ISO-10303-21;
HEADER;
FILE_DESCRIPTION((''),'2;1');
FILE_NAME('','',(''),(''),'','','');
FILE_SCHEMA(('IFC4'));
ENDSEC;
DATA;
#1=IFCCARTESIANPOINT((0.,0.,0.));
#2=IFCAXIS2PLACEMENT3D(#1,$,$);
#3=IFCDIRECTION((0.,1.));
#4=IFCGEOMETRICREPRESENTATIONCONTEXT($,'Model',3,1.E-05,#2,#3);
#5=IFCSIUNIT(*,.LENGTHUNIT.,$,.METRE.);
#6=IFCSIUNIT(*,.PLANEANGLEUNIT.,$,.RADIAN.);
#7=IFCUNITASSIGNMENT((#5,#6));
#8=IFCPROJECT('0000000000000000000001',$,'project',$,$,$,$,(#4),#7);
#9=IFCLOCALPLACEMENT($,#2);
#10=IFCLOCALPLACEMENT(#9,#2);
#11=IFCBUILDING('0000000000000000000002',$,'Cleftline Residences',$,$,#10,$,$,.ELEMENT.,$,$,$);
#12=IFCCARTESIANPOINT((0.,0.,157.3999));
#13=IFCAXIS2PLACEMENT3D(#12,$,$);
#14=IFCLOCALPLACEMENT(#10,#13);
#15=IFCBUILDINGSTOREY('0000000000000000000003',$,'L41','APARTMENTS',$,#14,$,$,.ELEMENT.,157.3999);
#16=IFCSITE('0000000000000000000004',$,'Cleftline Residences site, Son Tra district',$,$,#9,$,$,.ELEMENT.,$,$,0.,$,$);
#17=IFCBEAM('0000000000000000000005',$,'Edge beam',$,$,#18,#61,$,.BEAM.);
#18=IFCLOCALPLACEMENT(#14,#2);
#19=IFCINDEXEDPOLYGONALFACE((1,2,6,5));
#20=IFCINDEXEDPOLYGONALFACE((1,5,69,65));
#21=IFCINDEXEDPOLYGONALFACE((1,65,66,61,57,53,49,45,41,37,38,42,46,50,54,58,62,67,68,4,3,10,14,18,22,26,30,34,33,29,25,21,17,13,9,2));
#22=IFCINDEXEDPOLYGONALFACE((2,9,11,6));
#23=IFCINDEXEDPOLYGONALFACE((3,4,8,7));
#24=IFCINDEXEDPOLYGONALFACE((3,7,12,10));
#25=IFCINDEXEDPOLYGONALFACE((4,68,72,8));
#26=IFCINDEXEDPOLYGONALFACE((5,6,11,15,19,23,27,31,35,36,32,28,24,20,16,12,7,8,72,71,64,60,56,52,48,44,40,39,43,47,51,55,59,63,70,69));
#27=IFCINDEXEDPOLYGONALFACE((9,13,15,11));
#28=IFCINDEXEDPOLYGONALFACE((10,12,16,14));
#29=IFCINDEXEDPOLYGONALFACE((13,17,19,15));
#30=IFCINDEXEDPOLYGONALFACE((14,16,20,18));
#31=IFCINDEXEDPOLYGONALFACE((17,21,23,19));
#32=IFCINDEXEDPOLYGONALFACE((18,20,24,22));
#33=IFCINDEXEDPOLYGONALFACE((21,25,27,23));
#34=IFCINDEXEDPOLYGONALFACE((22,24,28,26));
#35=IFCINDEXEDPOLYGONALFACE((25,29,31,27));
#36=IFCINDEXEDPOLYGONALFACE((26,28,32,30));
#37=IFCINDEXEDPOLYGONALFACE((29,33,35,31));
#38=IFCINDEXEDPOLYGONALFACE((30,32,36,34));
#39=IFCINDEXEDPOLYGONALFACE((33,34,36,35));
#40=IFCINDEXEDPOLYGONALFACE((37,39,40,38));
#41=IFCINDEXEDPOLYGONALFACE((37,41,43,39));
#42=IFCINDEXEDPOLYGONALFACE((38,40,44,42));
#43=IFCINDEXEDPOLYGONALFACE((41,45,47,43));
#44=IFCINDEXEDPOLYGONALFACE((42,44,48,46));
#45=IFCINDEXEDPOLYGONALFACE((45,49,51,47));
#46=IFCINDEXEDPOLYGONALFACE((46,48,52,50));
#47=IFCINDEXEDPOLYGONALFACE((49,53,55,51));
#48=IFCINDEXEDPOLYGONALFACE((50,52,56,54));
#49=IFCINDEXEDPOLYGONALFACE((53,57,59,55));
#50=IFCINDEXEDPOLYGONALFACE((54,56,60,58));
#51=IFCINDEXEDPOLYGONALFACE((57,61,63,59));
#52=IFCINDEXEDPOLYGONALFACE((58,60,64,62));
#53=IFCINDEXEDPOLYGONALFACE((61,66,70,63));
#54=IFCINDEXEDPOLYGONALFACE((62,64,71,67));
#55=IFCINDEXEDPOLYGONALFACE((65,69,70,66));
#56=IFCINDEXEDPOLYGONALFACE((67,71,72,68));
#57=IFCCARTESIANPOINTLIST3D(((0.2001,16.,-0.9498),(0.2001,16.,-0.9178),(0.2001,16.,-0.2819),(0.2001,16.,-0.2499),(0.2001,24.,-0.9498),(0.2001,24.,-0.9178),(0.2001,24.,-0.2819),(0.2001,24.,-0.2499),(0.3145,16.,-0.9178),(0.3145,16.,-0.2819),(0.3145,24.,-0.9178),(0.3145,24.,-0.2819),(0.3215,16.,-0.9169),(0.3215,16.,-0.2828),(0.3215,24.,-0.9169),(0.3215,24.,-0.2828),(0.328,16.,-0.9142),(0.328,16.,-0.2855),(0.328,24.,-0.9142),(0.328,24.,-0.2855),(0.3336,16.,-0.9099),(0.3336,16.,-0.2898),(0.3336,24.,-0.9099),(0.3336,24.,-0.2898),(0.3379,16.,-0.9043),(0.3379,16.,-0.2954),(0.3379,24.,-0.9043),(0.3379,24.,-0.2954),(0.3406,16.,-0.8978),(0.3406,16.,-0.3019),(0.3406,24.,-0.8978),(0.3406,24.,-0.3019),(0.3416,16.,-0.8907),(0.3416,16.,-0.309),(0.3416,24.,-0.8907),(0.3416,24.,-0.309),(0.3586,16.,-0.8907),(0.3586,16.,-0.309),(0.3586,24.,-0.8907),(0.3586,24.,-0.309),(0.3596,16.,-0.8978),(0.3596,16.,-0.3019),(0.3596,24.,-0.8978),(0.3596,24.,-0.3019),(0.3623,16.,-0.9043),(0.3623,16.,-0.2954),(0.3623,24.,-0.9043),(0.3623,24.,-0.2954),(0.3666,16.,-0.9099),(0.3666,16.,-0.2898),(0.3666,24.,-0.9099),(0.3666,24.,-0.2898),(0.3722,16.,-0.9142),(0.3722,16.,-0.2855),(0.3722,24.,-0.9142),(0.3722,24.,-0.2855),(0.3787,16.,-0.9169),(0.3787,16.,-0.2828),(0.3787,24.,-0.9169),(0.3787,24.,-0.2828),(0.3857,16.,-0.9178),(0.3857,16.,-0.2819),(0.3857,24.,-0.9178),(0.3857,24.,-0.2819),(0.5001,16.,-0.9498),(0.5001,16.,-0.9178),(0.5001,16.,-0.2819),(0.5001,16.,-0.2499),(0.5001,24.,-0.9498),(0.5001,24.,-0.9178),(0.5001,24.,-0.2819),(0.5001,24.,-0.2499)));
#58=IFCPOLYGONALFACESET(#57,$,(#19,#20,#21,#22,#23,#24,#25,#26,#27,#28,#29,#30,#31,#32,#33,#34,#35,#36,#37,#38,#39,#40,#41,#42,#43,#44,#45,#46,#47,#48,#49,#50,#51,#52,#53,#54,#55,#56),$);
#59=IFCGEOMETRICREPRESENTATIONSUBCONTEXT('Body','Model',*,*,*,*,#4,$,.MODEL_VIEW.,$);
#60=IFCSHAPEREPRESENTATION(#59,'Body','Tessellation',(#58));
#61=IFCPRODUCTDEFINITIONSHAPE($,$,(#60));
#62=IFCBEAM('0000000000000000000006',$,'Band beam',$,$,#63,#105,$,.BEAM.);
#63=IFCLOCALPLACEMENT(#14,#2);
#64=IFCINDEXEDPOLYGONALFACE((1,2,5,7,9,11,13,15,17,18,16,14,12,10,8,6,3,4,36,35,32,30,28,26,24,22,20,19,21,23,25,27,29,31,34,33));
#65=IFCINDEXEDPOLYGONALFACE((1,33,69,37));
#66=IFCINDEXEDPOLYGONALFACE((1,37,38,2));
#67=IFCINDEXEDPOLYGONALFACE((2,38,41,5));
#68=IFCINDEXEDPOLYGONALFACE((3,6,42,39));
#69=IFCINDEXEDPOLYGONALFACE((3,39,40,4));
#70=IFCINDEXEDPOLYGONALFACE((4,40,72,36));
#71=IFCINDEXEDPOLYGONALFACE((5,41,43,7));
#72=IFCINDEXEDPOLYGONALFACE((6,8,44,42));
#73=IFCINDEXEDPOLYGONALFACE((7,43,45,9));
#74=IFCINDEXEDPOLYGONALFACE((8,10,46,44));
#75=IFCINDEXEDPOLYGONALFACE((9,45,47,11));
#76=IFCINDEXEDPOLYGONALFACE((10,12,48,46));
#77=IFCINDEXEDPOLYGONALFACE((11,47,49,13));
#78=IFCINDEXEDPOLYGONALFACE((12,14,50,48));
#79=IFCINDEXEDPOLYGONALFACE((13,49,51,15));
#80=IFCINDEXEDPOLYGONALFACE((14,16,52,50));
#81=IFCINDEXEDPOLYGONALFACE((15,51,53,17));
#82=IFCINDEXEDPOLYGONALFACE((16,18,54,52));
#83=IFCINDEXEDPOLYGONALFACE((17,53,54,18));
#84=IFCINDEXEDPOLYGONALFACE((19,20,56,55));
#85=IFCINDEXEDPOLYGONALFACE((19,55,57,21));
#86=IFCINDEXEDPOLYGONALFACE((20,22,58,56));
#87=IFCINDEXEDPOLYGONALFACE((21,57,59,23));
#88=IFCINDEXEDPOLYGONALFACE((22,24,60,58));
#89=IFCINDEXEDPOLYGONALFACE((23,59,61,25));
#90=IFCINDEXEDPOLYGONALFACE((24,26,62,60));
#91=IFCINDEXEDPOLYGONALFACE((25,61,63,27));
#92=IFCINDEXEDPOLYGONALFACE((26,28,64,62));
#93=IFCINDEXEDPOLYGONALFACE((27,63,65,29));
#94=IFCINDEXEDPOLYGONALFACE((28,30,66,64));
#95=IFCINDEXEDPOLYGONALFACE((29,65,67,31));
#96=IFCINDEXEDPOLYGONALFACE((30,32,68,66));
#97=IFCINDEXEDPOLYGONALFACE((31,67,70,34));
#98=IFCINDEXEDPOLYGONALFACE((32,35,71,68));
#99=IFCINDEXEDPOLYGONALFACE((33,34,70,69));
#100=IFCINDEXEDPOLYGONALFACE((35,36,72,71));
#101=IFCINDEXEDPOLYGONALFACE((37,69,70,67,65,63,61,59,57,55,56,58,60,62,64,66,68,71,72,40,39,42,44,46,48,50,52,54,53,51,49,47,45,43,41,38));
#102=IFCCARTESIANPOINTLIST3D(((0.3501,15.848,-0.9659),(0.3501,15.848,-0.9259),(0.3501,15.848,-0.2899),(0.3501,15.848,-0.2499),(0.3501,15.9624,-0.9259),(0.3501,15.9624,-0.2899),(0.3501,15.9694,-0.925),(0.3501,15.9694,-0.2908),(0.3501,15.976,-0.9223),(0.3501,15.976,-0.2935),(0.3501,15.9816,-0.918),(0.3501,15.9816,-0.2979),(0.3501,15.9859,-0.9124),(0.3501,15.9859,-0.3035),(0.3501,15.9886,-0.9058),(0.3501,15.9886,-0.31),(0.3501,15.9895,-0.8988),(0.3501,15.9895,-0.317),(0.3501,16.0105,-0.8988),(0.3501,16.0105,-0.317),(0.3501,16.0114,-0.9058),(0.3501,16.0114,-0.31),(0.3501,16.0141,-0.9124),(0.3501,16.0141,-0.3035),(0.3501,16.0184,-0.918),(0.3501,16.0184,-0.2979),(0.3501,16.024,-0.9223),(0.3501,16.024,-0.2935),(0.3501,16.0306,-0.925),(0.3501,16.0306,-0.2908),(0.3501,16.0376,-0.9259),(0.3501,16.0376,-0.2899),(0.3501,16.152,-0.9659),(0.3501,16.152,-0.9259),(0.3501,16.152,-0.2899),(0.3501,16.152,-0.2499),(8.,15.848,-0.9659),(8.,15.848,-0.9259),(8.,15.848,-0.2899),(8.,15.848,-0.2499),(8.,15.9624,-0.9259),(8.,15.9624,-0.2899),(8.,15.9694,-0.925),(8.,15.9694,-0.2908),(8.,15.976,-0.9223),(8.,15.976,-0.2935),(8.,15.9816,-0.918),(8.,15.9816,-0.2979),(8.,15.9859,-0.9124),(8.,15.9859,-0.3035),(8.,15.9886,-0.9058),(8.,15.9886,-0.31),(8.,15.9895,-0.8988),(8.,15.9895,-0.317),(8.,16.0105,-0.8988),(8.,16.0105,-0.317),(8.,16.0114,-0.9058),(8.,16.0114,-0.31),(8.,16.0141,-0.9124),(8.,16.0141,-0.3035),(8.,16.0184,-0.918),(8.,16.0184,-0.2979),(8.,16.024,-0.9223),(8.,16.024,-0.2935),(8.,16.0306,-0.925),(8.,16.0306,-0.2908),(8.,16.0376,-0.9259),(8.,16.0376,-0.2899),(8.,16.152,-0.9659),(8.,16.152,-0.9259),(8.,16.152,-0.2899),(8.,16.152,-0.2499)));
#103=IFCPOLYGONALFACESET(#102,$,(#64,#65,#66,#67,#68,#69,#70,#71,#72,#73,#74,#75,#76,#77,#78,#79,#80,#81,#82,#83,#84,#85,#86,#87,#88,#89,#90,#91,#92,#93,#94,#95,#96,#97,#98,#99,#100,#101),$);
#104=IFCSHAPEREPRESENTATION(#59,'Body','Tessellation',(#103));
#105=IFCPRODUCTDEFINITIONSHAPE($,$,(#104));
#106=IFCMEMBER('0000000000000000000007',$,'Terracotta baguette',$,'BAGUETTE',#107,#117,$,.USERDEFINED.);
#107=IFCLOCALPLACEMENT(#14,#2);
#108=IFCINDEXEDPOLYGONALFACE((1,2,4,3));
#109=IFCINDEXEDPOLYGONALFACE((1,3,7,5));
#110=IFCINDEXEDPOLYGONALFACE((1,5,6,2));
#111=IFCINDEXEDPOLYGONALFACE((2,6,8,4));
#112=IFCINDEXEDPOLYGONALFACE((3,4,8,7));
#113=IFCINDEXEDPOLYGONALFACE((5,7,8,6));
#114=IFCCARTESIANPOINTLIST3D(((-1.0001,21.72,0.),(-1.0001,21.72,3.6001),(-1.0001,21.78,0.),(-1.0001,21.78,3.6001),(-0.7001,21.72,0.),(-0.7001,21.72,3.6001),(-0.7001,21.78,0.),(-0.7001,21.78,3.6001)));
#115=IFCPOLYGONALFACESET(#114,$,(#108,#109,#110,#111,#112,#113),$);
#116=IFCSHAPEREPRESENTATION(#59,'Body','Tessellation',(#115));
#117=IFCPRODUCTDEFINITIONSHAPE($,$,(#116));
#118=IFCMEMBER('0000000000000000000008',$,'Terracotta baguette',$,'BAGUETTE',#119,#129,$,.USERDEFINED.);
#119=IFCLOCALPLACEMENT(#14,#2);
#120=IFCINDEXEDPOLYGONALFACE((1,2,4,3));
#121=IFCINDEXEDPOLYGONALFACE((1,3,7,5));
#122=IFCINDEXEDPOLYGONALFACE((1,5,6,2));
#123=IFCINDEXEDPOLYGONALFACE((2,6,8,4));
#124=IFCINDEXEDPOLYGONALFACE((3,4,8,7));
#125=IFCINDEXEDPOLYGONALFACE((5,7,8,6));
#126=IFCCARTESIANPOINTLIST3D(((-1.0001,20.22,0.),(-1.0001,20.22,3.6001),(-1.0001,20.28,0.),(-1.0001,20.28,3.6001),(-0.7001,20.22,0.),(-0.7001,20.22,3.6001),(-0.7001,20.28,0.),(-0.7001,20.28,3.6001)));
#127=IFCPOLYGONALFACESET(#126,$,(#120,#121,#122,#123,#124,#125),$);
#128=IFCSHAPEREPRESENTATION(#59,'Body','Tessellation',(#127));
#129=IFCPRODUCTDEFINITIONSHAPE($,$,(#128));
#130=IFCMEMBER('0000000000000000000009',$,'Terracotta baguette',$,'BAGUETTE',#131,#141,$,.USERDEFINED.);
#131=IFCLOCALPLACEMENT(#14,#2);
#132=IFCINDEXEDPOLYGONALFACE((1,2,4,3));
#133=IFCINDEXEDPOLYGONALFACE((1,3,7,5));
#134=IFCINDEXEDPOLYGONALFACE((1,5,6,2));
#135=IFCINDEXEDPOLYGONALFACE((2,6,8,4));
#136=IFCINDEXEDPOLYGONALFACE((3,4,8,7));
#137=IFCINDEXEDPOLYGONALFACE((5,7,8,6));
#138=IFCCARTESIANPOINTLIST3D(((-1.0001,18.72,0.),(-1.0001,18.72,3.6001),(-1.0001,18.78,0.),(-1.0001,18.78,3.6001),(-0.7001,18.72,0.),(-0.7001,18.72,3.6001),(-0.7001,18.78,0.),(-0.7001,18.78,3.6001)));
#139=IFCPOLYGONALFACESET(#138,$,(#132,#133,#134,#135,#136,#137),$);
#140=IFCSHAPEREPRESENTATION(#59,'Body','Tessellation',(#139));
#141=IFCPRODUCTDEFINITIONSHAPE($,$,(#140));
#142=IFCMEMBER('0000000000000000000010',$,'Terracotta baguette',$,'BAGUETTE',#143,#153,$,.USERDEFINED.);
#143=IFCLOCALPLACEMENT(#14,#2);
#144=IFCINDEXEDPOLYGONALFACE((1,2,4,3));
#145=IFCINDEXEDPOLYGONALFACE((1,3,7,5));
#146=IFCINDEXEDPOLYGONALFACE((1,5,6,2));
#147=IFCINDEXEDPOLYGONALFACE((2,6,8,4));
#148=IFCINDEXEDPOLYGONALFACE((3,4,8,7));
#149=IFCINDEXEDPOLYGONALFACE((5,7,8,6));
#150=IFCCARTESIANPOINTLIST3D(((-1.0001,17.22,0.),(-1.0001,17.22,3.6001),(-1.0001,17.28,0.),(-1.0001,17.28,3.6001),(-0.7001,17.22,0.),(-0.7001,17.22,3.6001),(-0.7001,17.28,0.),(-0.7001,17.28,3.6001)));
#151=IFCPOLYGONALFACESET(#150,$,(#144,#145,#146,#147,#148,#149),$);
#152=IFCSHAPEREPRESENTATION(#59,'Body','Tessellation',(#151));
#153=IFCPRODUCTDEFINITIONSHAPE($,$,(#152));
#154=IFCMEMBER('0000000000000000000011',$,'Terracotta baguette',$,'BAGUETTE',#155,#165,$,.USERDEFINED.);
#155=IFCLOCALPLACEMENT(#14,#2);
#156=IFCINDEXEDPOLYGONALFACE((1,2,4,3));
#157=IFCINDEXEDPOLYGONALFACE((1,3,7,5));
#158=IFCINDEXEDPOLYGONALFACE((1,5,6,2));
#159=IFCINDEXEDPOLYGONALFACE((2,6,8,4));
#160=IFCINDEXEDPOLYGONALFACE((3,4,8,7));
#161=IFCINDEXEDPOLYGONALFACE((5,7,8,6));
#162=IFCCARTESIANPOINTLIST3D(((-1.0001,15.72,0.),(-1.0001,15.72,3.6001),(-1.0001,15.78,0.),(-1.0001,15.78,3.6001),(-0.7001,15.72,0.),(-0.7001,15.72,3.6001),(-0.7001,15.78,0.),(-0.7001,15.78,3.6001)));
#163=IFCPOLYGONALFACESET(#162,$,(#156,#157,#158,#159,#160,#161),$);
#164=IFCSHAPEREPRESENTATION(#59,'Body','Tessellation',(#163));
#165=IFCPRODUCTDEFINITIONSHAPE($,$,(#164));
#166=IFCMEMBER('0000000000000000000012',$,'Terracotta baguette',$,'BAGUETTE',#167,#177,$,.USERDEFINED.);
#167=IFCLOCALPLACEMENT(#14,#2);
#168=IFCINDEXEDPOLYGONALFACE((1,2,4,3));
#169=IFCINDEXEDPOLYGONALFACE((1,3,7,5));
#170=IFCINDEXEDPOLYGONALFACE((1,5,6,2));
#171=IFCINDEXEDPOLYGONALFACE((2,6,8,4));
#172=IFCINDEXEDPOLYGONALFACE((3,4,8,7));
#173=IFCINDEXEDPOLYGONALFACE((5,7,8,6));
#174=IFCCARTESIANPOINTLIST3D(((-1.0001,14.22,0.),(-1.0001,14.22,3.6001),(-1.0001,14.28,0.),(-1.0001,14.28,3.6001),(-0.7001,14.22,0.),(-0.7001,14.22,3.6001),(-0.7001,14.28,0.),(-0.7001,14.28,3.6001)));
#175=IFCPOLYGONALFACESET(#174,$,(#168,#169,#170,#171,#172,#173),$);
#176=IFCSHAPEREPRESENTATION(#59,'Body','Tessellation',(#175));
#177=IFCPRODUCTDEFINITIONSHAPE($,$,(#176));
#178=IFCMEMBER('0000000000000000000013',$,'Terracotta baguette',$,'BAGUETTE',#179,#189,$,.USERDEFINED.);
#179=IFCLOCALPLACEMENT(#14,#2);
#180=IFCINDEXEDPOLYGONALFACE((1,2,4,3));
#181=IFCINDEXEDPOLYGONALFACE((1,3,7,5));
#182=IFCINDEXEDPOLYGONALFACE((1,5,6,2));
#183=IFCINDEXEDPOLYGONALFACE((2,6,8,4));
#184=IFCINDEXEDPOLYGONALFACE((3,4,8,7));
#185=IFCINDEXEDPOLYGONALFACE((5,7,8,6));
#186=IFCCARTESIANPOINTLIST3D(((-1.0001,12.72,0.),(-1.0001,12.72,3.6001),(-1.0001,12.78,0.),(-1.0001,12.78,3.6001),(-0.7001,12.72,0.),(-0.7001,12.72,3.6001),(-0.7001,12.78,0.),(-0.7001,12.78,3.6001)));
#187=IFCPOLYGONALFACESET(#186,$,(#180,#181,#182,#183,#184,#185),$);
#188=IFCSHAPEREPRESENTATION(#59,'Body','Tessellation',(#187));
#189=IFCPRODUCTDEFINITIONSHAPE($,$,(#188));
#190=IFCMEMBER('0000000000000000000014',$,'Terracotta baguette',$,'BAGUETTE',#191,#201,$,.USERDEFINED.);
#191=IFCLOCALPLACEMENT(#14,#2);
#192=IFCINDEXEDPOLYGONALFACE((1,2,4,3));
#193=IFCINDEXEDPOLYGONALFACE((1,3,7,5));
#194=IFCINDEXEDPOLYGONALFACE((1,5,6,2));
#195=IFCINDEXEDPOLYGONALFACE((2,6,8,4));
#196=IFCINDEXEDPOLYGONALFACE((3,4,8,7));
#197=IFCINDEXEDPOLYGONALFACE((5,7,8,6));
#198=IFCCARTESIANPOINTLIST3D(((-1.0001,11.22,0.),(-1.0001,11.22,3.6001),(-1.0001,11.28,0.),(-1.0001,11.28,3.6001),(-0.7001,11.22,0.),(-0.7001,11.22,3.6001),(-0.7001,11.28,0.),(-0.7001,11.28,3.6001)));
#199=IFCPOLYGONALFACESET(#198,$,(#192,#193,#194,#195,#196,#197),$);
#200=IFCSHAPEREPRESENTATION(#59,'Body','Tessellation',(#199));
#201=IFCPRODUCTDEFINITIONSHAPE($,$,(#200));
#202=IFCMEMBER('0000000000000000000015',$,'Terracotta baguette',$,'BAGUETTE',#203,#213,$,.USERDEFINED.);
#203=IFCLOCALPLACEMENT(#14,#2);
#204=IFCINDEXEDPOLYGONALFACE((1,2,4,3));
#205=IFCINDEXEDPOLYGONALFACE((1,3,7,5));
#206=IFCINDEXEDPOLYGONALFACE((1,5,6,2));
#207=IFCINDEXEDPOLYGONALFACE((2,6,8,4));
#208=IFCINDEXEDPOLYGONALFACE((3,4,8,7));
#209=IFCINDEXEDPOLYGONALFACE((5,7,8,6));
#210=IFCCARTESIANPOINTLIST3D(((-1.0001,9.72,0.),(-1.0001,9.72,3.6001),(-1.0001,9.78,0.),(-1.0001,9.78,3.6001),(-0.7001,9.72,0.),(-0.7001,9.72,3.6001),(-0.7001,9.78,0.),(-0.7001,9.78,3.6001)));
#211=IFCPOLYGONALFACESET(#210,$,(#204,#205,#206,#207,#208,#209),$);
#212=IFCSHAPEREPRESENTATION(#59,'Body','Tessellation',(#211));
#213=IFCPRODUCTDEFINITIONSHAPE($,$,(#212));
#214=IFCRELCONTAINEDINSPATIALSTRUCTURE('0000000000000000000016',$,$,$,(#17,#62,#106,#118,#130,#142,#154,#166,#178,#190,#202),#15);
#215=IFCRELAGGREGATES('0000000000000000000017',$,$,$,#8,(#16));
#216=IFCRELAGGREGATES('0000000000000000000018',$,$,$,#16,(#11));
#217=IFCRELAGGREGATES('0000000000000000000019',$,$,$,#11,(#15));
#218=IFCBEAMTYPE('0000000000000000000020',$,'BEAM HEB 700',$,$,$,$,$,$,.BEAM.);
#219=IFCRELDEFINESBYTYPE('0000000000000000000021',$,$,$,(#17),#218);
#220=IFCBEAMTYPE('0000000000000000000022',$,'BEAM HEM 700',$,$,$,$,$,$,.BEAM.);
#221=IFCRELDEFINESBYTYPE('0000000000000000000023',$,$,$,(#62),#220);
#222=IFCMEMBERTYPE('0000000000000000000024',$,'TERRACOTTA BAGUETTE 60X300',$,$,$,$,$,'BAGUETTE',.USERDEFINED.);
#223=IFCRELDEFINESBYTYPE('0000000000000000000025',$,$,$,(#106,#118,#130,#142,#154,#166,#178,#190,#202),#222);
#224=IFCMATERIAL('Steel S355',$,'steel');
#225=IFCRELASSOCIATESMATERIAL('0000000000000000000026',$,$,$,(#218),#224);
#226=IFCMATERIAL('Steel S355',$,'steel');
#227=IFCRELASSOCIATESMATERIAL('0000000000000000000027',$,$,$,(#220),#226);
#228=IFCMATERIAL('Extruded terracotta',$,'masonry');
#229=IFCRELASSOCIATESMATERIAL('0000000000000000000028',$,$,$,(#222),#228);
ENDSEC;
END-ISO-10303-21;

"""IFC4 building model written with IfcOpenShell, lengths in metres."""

from ifc_helpers import new_model, si_unit, direction, frame, origin, origin_2d, place, context, subcontext, project, spatial, rectangle, i_section, extrude, material, material_profile, profile_set, type_object, element, save


model = new_model("IFC4")

# Units and contexts
model_context = context("Model", 3, precision=1e-05, world=origin(), true_north=direction((0.0, 1.0)))
body_context = subcontext(model_context, "Body", "Model", "MODEL_VIEW")
ifc_project = project(units=[si_unit("LENGTHUNIT", "METRE"), si_unit("PLANEANGLEUNIT", "RADIAN")], contexts=[model_context])

# Site, building, storey
site_placement = place(None, origin())
site = spatial("IfcSite", under=ifc_project, at=site_placement, Name="Cleftline Residences site, Son Tra district", CompositionType="ELEMENT", RefElevation=0.0)
building_placement = place(site_placement, origin())
building = spatial("IfcBuilding", under=site, at=building_placement, Name="Cleftline Residences", CompositionType="ELEMENT")
storey_placement = place(building_placement, frame((0.0, 0.0, 157.3999)))
storey = spatial("IfcBuildingStorey", under=building, at=storey_placement, Name="L41", Description="APARTMENTS", CompositionType="ELEMENT", Elevation=157.3999)

# Beams
ifc_material_1 = material(Name="Steel S355", Category="steel")
ifc_material_profile_1 = material_profile(ifc_material_1, i_section(OverallWidth=0.3, OverallDepth=0.7, WebThickness=0.0171, FlangeThickness=0.032, FilletRadius=0.0271, at=origin_2d()))
ifc_profile_set_1 = profile_set([ifc_material_profile_1], Name="Steel S355")
beam_type_1 = type_object("IfcBeamType", Name="BEAM HEB 700", PredefinedType="BEAM", material=ifc_profile_set_1)
beam_1_placement = place(storey_placement, frame((0.3501, 16.0, -0.5999), z_axis=(0.0, 1.0, 0.0), x_axis=(-1.0, 0.0, 0.0)))
element("IfcBeam", 1, at=beam_1_placement, inside=storey, type_object=beam_type_1, Name="Edge beam", PredefinedType="BEAM", context=body_context, shape_type="SweptSolid", body=[
    extrude(i_section(OverallWidth=0.3, OverallDepth=0.7, WebThickness=0.0171, FlangeThickness=0.032, FilletRadius=0.0271, at=origin_2d()), origin(), (0.0, 0.0, 1.0), 8.0),
])
ifc_material_2 = material(Name="Steel S355", Category="steel")
ifc_material_profile_2 = material_profile(ifc_material_2, i_section(OverallWidth=0.304, OverallDepth=0.7161, WebThickness=0.021, FlangeThickness=0.04, FilletRadius=0.0271, at=origin_2d()))
ifc_profile_set_2 = profile_set([ifc_material_profile_2], Name="Steel S355")
beam_type_2 = type_object("IfcBeamType", Name="BEAM HEM 700", PredefinedType="BEAM", material=ifc_profile_set_2)
beam_2_placement = place(storey_placement, frame((0.3501, 16.0, -0.6079), z_axis=(1.0, 0.0, 0.0), x_axis=(0.0, 1.0, 0.0)))
element("IfcBeam", 2, at=beam_2_placement, inside=storey, type_object=beam_type_2, Name="Band beam", PredefinedType="BEAM", context=body_context, shape_type="SweptSolid", body=[
    extrude(i_section(OverallWidth=0.304, OverallDepth=0.7161, WebThickness=0.021, FlangeThickness=0.04, FilletRadius=0.0271, at=origin_2d()), origin(), (0.0, 0.0, 1.0), 7.6499),
])

# Members
ifc_material_3 = material(Name="Extruded terracotta", Category="masonry")
ifc_material_profile_3 = material_profile(ifc_material_3, rectangle(XDim=0.0601, YDim=0.3, at=origin_2d()))
ifc_profile_set_3 = profile_set([ifc_material_profile_3], Name="Extruded terracotta")
member_type_1 = type_object("IfcMemberType", Name="TERRACOTTA BAGUETTE 60X300", ElementType="BAGUETTE", PredefinedType="USERDEFINED", material=ifc_profile_set_3)
for number, where, z_axis, x_axis, name in (
    (3, (-0.8501, 21.75, 0.0), (0.0, 0.0, 1.0), (0.0, 1.0, 0.0), "Terracotta baguette"),
    (4, (-0.8501, 20.25, 0.0), (0.0, 0.0, 1.0), (0.0, 1.0, 0.0), "Terracotta baguette"),
    (5, (-0.8501, 18.75, 0.0), (0.0, 0.0, 1.0), (0.0, 1.0, 0.0), "Terracotta baguette"),
    (6, (-0.8501, 17.25, 0.0), (0.0, 0.0, 1.0), (0.0, 1.0, 0.0), "Terracotta baguette"),
    (7, (-0.8501, 15.75, 0.0), (0.0, 0.0, 1.0), (0.0, 1.0, 0.0), "Terracotta baguette"),
    (8, (-0.8501, 14.25, 0.0), (0.0, 0.0, 1.0), (0.0, 1.0, 0.0), "Terracotta baguette"),
    (9, (-0.8501, 12.75, 0.0), (0.0, 0.0, 1.0), (0.0, 1.0, 0.0), "Terracotta baguette"),
    (10, (-0.8501, 11.25, 0.0), (0.0, 0.0, 1.0), (0.0, 1.0, 0.0), "Terracotta baguette"),
    (11, (-0.8501, 9.75, 0.0), (0.0, 0.0, 1.0), (0.0, 1.0, 0.0), "Terracotta baguette"),
):
    element("IfcMember", number, at=place(storey_placement, frame(where, z_axis=z_axis, x_axis=x_axis)), inside=storey, type_object=member_type_1, Name=name, ObjectType="BAGUETTE", PredefinedType="USERDEFINED", context=body_context, shape_type="SweptSolid", body=[
        extrude(rectangle(XDim=0.0601, YDim=0.3, at=origin_2d()), origin(), (0.0, 0.0, 1.0), 3.6001),
    ])

save(model, "model.ifc")
